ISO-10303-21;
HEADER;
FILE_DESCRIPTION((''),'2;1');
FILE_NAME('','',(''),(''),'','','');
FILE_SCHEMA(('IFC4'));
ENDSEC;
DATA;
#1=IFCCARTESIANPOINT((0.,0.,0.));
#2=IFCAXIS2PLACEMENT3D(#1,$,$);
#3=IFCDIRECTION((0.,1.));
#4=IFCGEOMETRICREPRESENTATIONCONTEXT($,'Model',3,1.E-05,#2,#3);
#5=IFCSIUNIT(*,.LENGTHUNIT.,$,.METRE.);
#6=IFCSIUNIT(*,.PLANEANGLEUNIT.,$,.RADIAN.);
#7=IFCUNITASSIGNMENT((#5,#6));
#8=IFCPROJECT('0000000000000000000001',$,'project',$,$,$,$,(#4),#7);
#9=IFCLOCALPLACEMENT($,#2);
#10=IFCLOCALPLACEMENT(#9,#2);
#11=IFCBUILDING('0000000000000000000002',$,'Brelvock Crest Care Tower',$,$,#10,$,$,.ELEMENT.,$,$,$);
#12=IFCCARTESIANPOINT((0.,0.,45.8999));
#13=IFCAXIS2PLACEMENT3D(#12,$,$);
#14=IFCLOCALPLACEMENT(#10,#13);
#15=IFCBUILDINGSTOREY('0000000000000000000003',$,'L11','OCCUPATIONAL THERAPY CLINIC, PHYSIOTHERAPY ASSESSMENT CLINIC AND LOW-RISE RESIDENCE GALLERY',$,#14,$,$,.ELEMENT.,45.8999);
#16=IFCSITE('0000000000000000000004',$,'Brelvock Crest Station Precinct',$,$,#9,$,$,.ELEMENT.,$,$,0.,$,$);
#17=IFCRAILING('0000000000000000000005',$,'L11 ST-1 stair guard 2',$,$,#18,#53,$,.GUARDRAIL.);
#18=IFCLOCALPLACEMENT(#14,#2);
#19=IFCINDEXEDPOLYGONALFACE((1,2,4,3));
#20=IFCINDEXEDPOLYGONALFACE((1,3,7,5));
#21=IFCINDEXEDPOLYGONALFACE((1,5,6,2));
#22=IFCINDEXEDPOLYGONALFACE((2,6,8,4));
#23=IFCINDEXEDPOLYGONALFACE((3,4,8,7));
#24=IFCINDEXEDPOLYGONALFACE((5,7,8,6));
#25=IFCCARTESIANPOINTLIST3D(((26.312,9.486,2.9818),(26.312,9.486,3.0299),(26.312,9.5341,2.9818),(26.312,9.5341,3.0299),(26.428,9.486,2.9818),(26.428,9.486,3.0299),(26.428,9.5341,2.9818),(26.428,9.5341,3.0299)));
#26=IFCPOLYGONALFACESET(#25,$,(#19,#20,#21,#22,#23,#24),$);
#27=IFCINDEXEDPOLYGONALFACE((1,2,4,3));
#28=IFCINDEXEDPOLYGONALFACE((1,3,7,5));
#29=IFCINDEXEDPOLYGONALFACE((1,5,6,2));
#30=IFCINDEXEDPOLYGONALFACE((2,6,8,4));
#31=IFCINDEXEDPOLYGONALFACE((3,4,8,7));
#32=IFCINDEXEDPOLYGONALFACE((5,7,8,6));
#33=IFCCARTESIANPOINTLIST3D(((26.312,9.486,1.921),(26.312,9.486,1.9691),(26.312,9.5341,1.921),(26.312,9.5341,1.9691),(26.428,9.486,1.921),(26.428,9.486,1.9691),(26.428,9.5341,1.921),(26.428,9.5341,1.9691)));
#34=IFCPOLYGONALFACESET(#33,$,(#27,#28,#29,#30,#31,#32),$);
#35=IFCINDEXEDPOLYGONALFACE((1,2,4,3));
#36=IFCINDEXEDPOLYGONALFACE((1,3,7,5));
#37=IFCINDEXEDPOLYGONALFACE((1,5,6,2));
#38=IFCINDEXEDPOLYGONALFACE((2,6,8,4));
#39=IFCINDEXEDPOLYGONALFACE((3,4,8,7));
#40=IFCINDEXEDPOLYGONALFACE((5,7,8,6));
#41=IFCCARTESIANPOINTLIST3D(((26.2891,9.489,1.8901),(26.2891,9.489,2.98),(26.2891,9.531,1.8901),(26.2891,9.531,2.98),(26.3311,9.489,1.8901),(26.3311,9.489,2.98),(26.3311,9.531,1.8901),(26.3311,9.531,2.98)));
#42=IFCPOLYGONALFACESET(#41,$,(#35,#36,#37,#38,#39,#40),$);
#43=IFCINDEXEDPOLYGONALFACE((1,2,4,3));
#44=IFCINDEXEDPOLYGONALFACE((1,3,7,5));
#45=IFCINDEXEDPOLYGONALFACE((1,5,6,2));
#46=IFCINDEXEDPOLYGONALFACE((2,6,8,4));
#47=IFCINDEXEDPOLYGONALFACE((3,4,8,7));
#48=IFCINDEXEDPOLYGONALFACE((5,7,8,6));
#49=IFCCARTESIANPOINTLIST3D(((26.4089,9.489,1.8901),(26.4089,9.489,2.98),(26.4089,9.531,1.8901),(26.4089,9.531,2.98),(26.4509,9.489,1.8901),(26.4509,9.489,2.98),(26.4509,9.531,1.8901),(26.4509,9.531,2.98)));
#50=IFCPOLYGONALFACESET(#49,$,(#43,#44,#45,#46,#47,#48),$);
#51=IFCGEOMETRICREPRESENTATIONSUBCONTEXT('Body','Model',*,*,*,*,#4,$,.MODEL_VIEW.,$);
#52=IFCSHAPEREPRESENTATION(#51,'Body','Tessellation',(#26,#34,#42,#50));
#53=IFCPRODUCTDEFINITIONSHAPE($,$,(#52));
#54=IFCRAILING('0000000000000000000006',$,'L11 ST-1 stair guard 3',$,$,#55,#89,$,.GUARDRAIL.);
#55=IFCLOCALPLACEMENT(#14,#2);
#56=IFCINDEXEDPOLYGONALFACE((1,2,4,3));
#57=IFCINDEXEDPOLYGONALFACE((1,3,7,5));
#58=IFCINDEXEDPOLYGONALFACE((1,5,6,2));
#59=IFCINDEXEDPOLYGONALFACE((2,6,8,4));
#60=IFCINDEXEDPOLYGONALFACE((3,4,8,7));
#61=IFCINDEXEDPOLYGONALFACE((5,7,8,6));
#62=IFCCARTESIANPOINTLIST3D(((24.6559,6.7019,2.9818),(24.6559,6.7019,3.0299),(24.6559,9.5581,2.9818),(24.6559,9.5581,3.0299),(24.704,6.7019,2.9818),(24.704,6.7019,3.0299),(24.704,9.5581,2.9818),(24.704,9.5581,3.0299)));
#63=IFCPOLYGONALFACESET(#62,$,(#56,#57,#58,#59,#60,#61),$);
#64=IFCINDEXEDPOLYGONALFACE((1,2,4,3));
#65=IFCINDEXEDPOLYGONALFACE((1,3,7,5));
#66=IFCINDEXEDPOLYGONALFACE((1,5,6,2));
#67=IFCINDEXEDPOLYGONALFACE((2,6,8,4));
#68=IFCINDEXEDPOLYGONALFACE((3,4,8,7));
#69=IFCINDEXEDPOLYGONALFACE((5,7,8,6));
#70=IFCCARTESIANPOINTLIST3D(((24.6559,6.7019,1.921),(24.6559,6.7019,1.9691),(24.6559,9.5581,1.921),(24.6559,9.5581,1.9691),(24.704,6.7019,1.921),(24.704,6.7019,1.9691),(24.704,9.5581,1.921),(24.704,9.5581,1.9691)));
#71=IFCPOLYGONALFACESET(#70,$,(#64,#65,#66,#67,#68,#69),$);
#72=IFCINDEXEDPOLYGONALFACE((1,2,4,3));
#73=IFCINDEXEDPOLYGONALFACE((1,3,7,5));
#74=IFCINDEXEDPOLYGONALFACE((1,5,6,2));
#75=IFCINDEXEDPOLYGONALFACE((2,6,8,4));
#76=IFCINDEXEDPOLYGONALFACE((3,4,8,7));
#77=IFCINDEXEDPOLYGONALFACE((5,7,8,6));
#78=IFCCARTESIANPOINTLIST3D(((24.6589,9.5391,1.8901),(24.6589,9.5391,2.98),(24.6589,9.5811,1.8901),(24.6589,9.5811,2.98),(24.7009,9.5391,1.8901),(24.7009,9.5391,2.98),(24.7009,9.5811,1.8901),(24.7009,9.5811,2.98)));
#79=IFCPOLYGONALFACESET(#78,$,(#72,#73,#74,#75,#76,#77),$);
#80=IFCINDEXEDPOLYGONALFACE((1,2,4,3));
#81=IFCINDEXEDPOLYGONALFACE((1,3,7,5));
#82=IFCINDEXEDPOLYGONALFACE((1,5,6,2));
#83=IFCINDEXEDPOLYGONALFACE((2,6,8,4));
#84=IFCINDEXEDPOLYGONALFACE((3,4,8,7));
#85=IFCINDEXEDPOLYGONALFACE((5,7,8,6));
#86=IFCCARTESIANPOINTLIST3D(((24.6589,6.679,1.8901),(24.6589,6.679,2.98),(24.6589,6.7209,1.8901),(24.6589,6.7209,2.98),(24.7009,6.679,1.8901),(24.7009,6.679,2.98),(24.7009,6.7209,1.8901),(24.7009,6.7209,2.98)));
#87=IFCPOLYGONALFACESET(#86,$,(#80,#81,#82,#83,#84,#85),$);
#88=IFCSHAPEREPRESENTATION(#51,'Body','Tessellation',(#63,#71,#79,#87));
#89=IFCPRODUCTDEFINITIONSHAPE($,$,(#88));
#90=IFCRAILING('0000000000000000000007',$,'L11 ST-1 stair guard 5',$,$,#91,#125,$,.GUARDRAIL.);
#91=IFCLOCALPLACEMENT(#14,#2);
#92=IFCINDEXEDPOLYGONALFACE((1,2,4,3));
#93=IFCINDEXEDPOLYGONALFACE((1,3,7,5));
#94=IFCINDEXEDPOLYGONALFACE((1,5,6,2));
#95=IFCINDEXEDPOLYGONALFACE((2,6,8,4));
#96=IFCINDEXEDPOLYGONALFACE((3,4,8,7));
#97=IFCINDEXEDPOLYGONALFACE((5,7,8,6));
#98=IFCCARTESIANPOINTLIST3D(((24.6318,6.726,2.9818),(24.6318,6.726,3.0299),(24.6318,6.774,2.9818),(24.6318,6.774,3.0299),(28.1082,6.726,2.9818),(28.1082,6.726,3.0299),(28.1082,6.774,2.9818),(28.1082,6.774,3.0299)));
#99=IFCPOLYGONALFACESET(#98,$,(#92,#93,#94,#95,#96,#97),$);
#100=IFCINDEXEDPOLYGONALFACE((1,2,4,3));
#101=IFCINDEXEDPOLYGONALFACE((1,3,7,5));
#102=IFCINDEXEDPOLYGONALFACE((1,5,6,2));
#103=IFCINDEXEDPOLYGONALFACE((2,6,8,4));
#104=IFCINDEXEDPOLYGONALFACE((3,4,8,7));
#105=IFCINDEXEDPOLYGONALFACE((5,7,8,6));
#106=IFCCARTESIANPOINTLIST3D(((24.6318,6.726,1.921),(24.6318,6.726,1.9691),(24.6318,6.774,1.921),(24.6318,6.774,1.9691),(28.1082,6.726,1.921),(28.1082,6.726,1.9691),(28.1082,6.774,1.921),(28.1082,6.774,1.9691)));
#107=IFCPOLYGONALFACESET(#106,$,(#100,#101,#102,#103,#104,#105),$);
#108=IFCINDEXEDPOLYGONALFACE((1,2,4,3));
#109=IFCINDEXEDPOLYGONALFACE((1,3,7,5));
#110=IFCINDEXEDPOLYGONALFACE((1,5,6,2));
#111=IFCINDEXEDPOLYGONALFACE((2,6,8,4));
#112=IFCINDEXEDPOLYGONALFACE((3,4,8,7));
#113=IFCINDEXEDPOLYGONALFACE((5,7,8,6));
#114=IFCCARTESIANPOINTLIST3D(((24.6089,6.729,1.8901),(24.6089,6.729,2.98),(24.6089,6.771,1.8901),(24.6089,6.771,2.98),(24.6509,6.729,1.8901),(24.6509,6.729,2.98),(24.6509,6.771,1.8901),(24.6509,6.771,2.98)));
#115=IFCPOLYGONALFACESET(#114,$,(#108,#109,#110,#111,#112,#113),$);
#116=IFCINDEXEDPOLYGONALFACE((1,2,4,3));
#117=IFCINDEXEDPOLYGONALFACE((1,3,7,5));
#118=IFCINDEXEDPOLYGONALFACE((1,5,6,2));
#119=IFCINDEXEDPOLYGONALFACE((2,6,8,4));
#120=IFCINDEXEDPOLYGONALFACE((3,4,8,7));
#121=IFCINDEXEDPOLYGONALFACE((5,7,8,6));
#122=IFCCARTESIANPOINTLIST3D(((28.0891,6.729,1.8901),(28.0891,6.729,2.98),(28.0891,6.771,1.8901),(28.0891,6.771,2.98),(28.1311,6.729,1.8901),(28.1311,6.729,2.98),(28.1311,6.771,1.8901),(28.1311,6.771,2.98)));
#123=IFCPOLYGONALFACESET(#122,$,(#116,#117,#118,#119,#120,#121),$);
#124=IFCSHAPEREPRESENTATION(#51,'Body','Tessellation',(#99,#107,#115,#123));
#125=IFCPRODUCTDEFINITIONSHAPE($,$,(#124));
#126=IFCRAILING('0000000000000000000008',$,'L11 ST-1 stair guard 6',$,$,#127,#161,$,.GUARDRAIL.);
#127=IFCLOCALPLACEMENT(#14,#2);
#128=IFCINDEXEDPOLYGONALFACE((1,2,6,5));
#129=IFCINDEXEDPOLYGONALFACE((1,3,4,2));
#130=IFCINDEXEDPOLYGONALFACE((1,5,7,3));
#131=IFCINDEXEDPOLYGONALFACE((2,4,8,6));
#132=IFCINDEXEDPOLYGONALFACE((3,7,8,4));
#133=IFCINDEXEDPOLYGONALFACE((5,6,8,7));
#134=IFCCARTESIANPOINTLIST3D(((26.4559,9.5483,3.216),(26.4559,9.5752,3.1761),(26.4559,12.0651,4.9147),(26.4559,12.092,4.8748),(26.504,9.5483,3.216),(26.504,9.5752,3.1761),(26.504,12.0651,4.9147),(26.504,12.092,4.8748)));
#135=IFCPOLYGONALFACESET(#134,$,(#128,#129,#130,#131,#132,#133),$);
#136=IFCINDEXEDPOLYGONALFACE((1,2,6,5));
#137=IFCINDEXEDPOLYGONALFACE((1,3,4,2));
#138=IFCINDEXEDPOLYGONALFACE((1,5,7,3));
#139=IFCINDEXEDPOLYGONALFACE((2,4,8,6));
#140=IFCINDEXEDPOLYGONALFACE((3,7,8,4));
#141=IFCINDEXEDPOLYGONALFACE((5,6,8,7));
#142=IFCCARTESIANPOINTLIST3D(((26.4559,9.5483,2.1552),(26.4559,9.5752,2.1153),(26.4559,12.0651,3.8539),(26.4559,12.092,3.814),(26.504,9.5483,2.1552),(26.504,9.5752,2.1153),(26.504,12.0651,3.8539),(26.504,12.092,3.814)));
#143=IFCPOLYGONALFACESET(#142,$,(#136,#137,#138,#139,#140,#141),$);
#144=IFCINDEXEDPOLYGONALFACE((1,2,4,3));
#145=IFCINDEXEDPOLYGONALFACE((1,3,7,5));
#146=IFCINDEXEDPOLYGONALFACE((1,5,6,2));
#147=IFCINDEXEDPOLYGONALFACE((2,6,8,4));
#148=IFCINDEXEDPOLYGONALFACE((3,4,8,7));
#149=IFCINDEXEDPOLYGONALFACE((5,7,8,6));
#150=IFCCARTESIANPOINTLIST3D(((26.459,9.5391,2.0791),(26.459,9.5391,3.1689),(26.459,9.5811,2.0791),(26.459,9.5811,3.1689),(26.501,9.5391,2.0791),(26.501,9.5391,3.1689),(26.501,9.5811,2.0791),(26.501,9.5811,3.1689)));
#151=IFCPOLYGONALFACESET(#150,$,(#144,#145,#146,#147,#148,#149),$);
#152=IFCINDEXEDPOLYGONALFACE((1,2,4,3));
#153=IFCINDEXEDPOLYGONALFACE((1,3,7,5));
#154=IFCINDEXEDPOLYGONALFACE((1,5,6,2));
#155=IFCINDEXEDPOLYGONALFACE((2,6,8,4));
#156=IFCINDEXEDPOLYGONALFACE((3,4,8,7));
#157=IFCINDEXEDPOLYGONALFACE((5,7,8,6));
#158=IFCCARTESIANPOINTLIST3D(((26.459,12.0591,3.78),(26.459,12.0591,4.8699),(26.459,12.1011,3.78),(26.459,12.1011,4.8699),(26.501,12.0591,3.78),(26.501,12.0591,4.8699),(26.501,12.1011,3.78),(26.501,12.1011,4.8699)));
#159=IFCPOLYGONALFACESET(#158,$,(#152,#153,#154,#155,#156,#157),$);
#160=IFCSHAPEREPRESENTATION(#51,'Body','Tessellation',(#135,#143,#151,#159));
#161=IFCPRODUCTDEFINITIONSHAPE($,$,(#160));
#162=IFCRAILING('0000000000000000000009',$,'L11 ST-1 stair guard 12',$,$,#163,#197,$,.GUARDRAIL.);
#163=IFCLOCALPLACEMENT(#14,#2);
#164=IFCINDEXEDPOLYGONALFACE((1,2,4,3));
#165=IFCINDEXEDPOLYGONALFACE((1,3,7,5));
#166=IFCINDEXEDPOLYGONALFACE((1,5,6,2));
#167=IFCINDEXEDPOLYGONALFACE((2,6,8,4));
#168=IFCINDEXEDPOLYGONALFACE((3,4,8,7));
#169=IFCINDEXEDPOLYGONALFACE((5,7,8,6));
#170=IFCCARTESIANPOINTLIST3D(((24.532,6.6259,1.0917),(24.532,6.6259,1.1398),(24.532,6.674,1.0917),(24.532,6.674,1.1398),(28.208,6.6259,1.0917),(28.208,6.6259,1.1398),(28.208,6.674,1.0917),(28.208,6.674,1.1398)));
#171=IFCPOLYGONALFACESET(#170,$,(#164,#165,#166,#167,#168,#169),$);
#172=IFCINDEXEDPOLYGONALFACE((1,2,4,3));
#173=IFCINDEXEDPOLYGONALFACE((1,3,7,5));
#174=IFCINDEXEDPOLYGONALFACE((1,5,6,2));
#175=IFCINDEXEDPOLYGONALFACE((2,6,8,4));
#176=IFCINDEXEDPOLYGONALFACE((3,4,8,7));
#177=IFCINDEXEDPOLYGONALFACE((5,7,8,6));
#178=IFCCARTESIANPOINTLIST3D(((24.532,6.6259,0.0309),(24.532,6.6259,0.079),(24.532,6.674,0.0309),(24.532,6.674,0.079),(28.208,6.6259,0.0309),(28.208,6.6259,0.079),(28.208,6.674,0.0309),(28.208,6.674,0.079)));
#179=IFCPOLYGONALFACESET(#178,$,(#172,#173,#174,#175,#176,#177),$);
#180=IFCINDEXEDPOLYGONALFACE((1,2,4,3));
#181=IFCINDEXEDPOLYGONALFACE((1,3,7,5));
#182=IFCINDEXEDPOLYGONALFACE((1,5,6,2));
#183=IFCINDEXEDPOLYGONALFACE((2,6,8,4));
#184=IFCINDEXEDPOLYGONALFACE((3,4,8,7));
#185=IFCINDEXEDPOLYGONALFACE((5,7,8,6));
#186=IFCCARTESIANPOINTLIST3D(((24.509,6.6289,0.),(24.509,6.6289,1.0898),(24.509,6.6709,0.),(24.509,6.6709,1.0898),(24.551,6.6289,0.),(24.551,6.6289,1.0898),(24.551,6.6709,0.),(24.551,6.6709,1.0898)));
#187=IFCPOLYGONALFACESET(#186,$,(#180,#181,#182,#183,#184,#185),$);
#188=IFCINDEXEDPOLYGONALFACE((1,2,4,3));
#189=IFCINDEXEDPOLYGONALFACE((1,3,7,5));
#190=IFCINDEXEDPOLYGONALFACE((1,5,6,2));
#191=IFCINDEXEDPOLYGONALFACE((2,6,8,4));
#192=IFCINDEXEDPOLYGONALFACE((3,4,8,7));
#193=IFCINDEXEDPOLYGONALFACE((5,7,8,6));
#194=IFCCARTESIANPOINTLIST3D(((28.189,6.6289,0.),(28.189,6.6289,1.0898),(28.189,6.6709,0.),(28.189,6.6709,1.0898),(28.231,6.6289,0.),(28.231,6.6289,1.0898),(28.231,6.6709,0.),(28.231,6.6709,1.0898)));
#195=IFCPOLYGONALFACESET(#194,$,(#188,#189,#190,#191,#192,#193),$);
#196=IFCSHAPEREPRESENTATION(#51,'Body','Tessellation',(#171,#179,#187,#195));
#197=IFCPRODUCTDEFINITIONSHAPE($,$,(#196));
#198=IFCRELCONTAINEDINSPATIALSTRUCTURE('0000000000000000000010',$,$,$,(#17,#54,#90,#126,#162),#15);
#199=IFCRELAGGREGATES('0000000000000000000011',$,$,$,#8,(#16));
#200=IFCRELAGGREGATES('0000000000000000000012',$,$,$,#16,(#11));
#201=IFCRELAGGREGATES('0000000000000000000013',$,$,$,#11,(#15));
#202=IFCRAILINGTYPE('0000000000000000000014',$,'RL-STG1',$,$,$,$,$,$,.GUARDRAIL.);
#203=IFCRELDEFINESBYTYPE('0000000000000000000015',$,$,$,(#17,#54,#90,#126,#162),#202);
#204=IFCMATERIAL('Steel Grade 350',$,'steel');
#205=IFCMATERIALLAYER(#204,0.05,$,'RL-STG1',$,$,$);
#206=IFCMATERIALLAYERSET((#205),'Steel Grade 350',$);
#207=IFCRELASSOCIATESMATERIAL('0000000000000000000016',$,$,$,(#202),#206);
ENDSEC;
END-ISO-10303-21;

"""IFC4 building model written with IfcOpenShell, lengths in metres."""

from ifc_helpers import new_model, si_unit, direction, frame, origin, origin_2d, place, context, subcontext, project, spatial, rectangle, extrude, material, layer, layer_set, type_object, element, save


model = new_model("IFC4")

# Units and contexts
model_context = context("Model", 3, precision=1e-05, world=origin(), true_north=direction((0.0, 1.0)))
body_context = subcontext(model_context, "Body", "Model", "MODEL_VIEW")
ifc_project = project(units=[si_unit("LENGTHUNIT", "METRE"), si_unit("PLANEANGLEUNIT", "RADIAN")], contexts=[model_context])

# Site, building, storey
site_placement = place(None, origin())
site = spatial("IfcSite", under=ifc_project, at=site_placement, Name="Brelvock Crest Station Precinct", CompositionType="ELEMENT", RefElevation=0.0)
building_placement = place(site_placement, origin())
building = spatial("IfcBuilding", under=site, at=building_placement, Name="Brelvock Crest Care Tower", CompositionType="ELEMENT")
storey_placement = place(building_placement, frame((0.0, 0.0, 45.8999)))
storey = spatial("IfcBuildingStorey", under=building, at=storey_placement, Name="L11", Description="OCCUPATIONAL THERAPY CLINIC, PHYSIOTHERAPY ASSESSMENT CLINIC AND LOW-RISE RESIDENCE GALLERY", CompositionType="ELEMENT", Elevation=45.8999)

# Shared definitions
ifc_material_1 = material(Name="Steel Grade 350", Category="steel")

# Railings
ifc_layer_1 = layer(ifc_material_1, 0.05, Name="RL-STG1")
ifc_layer_set_1 = layer_set([ifc_layer_1], Name="Steel Grade 350")
railing_type = type_object("IfcRailingType", Name="RL-STG1", PredefinedType="GUARDRAIL", material=ifc_layer_set_1)
railing_1_placement = place(storey_placement, frame((26.3101, 9.51, 1.8901)))
element("IfcRailing", 1, at=railing_1_placement, inside=storey, type_object=railing_type, Name="L11 ST-1 stair guard 2", PredefinedType="GUARDRAIL", context=body_context, shape_type="SweptSolid", body=[
    extrude(rectangle(XDim=0.0481, YDim=0.0481, at=origin_2d()), frame((0.002, 0.0, 1.1157), z_axis=(1.0, 0.0, 0.0), x_axis=(0.0, 1.0, 0.0)), (0.0, 0.0, 1.0), 0.116),
    extrude(rectangle(XDim=0.0481, YDim=0.0481, at=origin_2d()), frame((0.002, 0.0, 0.0549), z_axis=(1.0, 0.0, 0.0), x_axis=(0.0, 1.0, 0.0)), (0.0, 0.0, 1.0), 0.116),
    extrude(rectangle(XDim=0.042, YDim=0.042, at=origin_2d()), origin(), (0.0, 0.0, 1.0), 1.0898),
    extrude(rectangle(XDim=0.042, YDim=0.042, at=origin_2d()), frame((0.1199, 0.0, 0.0)), (0.0, 0.0, 1.0), 1.0898),
])
railing_2_placement = place(storey_placement, frame((24.6799, 9.5601, 1.8901)))
element("IfcRailing", 2, at=railing_2_placement, inside=storey, type_object=railing_type, Name="L11 ST-1 stair guard 3", PredefinedType="GUARDRAIL", context=body_context, shape_type="SweptSolid", body=[
    extrude(rectangle(XDim=0.0481, YDim=0.0481, at=origin_2d()), frame((0.0, -0.002, 1.1157), z_axis=(0.0, -1.0, 0.0), x_axis=(1.0, 0.0, 0.0)), (0.0, 0.0, 1.0), 2.8562),
    extrude(rectangle(XDim=0.0481, YDim=0.0481, at=origin_2d()), frame((0.0, -0.002, 0.0549), z_axis=(0.0, -1.0, 0.0), x_axis=(1.0, 0.0, 0.0)), (0.0, 0.0, 1.0), 2.8562),
    extrude(rectangle(XDim=0.042, YDim=0.042, at=origin_2d()), origin(), (0.0, 0.0, 1.0), 1.0898),
    extrude(rectangle(XDim=0.042, YDim=0.042, at=origin_2d()), frame((0.0, -2.8601, 0.0)), (0.0, 0.0, 1.0), 1.0898),
])
railing_3_placement = place(storey_placement, frame((24.6299, 6.75, 1.8901)))
element("IfcRailing", 3, at=railing_3_placement, inside=storey, type_object=railing_type, Name="L11 ST-1 stair guard 5", PredefinedType="GUARDRAIL", context=body_context, shape_type="SweptSolid", body=[
    extrude(rectangle(XDim=0.0481, YDim=0.0481, at=origin_2d()), frame((0.002, 0.0, 1.1157), z_axis=(1.0, 0.0, 0.0), x_axis=(0.0, 1.0, 0.0)), (0.0, 0.0, 1.0), 3.4763),
    extrude(rectangle(XDim=0.0481, YDim=0.0481, at=origin_2d()), frame((0.002, 0.0, 0.0549), z_axis=(1.0, 0.0, 0.0), x_axis=(0.0, 1.0, 0.0)), (0.0, 0.0, 1.0), 3.4763),
    extrude(rectangle(XDim=0.042, YDim=0.042, at=origin_2d()), origin(), (0.0, 0.0, 1.0), 1.0898),
    extrude(rectangle(XDim=0.042, YDim=0.042, at=origin_2d()), frame((3.4802, 0.0, 0.0)), (0.0, 0.0, 1.0), 1.0898),
])
railing_4_placement = place(storey_placement, frame((26.48, 9.5601, 2.0791)))
element("IfcRailing", 4, at=railing_4_placement, inside=storey, type_object=railing_type, Name="L11 ST-1 stair guard 6", PredefinedType="GUARDRAIL", context=body_context, shape_type="SweptSolid", body=[
    extrude(rectangle(XDim=0.0481, YDim=0.0481, at=origin_2d()), frame((0.0, 0.0017, 1.1169), z_axis=(0.0, 0.828862, 0.559454), x_axis=(-1.0, 0.0, 0.0)), (0.0, 0.0, 1.0), 3.0364),
    extrude(rectangle(XDim=0.0481, YDim=0.0481, at=origin_2d()), frame((0.0, 0.0017, 0.0562), z_axis=(0.0, 0.828862, 0.559454), x_axis=(-1.0, 0.0, 0.0)), (0.0, 0.0, 1.0), 3.0364),
    extrude(rectangle(XDim=0.042, YDim=0.042, at=origin_2d()), origin(), (0.0, 0.0, 1.0), 1.0898),
    extrude(rectangle(XDim=0.042, YDim=0.042, at=origin_2d()), frame((0.0, 2.52, 1.7009)), (0.0, 0.0, 1.0), 1.0898),
])
railing_5_placement = place(storey_placement, frame((24.53, 6.6499, 0.0)))
element("IfcRailing", 5, at=railing_5_placement, inside=storey, type_object=railing_type, Name="L11 ST-1 stair guard 12", PredefinedType="GUARDRAIL", context=body_context, shape_type="SweptSolid", body=[
    extrude(rectangle(XDim=0.0481, YDim=0.0481, at=origin_2d()), frame((0.002, 0.0, 1.1157), z_axis=(1.0, 0.0, 0.0), x_axis=(0.0, 1.0, 0.0)), (0.0, 0.0, 1.0), 3.676),
    extrude(rectangle(XDim=0.0481, YDim=0.0481, at=origin_2d()), frame((0.002, 0.0, 0.0549), z_axis=(1.0, 0.0, 0.0), x_axis=(0.0, 1.0, 0.0)), (0.0, 0.0, 1.0), 3.676),
    extrude(rectangle(XDim=0.042, YDim=0.042, at=origin_2d()), origin(), (0.0, 0.0, 1.0), 1.0898),
    extrude(rectangle(XDim=0.042, YDim=0.042, at=origin_2d()), frame((3.6799, 0.0, 0.0)), (0.0, 0.0, 1.0), 1.0898),
])

save(model, "model.ifc")
